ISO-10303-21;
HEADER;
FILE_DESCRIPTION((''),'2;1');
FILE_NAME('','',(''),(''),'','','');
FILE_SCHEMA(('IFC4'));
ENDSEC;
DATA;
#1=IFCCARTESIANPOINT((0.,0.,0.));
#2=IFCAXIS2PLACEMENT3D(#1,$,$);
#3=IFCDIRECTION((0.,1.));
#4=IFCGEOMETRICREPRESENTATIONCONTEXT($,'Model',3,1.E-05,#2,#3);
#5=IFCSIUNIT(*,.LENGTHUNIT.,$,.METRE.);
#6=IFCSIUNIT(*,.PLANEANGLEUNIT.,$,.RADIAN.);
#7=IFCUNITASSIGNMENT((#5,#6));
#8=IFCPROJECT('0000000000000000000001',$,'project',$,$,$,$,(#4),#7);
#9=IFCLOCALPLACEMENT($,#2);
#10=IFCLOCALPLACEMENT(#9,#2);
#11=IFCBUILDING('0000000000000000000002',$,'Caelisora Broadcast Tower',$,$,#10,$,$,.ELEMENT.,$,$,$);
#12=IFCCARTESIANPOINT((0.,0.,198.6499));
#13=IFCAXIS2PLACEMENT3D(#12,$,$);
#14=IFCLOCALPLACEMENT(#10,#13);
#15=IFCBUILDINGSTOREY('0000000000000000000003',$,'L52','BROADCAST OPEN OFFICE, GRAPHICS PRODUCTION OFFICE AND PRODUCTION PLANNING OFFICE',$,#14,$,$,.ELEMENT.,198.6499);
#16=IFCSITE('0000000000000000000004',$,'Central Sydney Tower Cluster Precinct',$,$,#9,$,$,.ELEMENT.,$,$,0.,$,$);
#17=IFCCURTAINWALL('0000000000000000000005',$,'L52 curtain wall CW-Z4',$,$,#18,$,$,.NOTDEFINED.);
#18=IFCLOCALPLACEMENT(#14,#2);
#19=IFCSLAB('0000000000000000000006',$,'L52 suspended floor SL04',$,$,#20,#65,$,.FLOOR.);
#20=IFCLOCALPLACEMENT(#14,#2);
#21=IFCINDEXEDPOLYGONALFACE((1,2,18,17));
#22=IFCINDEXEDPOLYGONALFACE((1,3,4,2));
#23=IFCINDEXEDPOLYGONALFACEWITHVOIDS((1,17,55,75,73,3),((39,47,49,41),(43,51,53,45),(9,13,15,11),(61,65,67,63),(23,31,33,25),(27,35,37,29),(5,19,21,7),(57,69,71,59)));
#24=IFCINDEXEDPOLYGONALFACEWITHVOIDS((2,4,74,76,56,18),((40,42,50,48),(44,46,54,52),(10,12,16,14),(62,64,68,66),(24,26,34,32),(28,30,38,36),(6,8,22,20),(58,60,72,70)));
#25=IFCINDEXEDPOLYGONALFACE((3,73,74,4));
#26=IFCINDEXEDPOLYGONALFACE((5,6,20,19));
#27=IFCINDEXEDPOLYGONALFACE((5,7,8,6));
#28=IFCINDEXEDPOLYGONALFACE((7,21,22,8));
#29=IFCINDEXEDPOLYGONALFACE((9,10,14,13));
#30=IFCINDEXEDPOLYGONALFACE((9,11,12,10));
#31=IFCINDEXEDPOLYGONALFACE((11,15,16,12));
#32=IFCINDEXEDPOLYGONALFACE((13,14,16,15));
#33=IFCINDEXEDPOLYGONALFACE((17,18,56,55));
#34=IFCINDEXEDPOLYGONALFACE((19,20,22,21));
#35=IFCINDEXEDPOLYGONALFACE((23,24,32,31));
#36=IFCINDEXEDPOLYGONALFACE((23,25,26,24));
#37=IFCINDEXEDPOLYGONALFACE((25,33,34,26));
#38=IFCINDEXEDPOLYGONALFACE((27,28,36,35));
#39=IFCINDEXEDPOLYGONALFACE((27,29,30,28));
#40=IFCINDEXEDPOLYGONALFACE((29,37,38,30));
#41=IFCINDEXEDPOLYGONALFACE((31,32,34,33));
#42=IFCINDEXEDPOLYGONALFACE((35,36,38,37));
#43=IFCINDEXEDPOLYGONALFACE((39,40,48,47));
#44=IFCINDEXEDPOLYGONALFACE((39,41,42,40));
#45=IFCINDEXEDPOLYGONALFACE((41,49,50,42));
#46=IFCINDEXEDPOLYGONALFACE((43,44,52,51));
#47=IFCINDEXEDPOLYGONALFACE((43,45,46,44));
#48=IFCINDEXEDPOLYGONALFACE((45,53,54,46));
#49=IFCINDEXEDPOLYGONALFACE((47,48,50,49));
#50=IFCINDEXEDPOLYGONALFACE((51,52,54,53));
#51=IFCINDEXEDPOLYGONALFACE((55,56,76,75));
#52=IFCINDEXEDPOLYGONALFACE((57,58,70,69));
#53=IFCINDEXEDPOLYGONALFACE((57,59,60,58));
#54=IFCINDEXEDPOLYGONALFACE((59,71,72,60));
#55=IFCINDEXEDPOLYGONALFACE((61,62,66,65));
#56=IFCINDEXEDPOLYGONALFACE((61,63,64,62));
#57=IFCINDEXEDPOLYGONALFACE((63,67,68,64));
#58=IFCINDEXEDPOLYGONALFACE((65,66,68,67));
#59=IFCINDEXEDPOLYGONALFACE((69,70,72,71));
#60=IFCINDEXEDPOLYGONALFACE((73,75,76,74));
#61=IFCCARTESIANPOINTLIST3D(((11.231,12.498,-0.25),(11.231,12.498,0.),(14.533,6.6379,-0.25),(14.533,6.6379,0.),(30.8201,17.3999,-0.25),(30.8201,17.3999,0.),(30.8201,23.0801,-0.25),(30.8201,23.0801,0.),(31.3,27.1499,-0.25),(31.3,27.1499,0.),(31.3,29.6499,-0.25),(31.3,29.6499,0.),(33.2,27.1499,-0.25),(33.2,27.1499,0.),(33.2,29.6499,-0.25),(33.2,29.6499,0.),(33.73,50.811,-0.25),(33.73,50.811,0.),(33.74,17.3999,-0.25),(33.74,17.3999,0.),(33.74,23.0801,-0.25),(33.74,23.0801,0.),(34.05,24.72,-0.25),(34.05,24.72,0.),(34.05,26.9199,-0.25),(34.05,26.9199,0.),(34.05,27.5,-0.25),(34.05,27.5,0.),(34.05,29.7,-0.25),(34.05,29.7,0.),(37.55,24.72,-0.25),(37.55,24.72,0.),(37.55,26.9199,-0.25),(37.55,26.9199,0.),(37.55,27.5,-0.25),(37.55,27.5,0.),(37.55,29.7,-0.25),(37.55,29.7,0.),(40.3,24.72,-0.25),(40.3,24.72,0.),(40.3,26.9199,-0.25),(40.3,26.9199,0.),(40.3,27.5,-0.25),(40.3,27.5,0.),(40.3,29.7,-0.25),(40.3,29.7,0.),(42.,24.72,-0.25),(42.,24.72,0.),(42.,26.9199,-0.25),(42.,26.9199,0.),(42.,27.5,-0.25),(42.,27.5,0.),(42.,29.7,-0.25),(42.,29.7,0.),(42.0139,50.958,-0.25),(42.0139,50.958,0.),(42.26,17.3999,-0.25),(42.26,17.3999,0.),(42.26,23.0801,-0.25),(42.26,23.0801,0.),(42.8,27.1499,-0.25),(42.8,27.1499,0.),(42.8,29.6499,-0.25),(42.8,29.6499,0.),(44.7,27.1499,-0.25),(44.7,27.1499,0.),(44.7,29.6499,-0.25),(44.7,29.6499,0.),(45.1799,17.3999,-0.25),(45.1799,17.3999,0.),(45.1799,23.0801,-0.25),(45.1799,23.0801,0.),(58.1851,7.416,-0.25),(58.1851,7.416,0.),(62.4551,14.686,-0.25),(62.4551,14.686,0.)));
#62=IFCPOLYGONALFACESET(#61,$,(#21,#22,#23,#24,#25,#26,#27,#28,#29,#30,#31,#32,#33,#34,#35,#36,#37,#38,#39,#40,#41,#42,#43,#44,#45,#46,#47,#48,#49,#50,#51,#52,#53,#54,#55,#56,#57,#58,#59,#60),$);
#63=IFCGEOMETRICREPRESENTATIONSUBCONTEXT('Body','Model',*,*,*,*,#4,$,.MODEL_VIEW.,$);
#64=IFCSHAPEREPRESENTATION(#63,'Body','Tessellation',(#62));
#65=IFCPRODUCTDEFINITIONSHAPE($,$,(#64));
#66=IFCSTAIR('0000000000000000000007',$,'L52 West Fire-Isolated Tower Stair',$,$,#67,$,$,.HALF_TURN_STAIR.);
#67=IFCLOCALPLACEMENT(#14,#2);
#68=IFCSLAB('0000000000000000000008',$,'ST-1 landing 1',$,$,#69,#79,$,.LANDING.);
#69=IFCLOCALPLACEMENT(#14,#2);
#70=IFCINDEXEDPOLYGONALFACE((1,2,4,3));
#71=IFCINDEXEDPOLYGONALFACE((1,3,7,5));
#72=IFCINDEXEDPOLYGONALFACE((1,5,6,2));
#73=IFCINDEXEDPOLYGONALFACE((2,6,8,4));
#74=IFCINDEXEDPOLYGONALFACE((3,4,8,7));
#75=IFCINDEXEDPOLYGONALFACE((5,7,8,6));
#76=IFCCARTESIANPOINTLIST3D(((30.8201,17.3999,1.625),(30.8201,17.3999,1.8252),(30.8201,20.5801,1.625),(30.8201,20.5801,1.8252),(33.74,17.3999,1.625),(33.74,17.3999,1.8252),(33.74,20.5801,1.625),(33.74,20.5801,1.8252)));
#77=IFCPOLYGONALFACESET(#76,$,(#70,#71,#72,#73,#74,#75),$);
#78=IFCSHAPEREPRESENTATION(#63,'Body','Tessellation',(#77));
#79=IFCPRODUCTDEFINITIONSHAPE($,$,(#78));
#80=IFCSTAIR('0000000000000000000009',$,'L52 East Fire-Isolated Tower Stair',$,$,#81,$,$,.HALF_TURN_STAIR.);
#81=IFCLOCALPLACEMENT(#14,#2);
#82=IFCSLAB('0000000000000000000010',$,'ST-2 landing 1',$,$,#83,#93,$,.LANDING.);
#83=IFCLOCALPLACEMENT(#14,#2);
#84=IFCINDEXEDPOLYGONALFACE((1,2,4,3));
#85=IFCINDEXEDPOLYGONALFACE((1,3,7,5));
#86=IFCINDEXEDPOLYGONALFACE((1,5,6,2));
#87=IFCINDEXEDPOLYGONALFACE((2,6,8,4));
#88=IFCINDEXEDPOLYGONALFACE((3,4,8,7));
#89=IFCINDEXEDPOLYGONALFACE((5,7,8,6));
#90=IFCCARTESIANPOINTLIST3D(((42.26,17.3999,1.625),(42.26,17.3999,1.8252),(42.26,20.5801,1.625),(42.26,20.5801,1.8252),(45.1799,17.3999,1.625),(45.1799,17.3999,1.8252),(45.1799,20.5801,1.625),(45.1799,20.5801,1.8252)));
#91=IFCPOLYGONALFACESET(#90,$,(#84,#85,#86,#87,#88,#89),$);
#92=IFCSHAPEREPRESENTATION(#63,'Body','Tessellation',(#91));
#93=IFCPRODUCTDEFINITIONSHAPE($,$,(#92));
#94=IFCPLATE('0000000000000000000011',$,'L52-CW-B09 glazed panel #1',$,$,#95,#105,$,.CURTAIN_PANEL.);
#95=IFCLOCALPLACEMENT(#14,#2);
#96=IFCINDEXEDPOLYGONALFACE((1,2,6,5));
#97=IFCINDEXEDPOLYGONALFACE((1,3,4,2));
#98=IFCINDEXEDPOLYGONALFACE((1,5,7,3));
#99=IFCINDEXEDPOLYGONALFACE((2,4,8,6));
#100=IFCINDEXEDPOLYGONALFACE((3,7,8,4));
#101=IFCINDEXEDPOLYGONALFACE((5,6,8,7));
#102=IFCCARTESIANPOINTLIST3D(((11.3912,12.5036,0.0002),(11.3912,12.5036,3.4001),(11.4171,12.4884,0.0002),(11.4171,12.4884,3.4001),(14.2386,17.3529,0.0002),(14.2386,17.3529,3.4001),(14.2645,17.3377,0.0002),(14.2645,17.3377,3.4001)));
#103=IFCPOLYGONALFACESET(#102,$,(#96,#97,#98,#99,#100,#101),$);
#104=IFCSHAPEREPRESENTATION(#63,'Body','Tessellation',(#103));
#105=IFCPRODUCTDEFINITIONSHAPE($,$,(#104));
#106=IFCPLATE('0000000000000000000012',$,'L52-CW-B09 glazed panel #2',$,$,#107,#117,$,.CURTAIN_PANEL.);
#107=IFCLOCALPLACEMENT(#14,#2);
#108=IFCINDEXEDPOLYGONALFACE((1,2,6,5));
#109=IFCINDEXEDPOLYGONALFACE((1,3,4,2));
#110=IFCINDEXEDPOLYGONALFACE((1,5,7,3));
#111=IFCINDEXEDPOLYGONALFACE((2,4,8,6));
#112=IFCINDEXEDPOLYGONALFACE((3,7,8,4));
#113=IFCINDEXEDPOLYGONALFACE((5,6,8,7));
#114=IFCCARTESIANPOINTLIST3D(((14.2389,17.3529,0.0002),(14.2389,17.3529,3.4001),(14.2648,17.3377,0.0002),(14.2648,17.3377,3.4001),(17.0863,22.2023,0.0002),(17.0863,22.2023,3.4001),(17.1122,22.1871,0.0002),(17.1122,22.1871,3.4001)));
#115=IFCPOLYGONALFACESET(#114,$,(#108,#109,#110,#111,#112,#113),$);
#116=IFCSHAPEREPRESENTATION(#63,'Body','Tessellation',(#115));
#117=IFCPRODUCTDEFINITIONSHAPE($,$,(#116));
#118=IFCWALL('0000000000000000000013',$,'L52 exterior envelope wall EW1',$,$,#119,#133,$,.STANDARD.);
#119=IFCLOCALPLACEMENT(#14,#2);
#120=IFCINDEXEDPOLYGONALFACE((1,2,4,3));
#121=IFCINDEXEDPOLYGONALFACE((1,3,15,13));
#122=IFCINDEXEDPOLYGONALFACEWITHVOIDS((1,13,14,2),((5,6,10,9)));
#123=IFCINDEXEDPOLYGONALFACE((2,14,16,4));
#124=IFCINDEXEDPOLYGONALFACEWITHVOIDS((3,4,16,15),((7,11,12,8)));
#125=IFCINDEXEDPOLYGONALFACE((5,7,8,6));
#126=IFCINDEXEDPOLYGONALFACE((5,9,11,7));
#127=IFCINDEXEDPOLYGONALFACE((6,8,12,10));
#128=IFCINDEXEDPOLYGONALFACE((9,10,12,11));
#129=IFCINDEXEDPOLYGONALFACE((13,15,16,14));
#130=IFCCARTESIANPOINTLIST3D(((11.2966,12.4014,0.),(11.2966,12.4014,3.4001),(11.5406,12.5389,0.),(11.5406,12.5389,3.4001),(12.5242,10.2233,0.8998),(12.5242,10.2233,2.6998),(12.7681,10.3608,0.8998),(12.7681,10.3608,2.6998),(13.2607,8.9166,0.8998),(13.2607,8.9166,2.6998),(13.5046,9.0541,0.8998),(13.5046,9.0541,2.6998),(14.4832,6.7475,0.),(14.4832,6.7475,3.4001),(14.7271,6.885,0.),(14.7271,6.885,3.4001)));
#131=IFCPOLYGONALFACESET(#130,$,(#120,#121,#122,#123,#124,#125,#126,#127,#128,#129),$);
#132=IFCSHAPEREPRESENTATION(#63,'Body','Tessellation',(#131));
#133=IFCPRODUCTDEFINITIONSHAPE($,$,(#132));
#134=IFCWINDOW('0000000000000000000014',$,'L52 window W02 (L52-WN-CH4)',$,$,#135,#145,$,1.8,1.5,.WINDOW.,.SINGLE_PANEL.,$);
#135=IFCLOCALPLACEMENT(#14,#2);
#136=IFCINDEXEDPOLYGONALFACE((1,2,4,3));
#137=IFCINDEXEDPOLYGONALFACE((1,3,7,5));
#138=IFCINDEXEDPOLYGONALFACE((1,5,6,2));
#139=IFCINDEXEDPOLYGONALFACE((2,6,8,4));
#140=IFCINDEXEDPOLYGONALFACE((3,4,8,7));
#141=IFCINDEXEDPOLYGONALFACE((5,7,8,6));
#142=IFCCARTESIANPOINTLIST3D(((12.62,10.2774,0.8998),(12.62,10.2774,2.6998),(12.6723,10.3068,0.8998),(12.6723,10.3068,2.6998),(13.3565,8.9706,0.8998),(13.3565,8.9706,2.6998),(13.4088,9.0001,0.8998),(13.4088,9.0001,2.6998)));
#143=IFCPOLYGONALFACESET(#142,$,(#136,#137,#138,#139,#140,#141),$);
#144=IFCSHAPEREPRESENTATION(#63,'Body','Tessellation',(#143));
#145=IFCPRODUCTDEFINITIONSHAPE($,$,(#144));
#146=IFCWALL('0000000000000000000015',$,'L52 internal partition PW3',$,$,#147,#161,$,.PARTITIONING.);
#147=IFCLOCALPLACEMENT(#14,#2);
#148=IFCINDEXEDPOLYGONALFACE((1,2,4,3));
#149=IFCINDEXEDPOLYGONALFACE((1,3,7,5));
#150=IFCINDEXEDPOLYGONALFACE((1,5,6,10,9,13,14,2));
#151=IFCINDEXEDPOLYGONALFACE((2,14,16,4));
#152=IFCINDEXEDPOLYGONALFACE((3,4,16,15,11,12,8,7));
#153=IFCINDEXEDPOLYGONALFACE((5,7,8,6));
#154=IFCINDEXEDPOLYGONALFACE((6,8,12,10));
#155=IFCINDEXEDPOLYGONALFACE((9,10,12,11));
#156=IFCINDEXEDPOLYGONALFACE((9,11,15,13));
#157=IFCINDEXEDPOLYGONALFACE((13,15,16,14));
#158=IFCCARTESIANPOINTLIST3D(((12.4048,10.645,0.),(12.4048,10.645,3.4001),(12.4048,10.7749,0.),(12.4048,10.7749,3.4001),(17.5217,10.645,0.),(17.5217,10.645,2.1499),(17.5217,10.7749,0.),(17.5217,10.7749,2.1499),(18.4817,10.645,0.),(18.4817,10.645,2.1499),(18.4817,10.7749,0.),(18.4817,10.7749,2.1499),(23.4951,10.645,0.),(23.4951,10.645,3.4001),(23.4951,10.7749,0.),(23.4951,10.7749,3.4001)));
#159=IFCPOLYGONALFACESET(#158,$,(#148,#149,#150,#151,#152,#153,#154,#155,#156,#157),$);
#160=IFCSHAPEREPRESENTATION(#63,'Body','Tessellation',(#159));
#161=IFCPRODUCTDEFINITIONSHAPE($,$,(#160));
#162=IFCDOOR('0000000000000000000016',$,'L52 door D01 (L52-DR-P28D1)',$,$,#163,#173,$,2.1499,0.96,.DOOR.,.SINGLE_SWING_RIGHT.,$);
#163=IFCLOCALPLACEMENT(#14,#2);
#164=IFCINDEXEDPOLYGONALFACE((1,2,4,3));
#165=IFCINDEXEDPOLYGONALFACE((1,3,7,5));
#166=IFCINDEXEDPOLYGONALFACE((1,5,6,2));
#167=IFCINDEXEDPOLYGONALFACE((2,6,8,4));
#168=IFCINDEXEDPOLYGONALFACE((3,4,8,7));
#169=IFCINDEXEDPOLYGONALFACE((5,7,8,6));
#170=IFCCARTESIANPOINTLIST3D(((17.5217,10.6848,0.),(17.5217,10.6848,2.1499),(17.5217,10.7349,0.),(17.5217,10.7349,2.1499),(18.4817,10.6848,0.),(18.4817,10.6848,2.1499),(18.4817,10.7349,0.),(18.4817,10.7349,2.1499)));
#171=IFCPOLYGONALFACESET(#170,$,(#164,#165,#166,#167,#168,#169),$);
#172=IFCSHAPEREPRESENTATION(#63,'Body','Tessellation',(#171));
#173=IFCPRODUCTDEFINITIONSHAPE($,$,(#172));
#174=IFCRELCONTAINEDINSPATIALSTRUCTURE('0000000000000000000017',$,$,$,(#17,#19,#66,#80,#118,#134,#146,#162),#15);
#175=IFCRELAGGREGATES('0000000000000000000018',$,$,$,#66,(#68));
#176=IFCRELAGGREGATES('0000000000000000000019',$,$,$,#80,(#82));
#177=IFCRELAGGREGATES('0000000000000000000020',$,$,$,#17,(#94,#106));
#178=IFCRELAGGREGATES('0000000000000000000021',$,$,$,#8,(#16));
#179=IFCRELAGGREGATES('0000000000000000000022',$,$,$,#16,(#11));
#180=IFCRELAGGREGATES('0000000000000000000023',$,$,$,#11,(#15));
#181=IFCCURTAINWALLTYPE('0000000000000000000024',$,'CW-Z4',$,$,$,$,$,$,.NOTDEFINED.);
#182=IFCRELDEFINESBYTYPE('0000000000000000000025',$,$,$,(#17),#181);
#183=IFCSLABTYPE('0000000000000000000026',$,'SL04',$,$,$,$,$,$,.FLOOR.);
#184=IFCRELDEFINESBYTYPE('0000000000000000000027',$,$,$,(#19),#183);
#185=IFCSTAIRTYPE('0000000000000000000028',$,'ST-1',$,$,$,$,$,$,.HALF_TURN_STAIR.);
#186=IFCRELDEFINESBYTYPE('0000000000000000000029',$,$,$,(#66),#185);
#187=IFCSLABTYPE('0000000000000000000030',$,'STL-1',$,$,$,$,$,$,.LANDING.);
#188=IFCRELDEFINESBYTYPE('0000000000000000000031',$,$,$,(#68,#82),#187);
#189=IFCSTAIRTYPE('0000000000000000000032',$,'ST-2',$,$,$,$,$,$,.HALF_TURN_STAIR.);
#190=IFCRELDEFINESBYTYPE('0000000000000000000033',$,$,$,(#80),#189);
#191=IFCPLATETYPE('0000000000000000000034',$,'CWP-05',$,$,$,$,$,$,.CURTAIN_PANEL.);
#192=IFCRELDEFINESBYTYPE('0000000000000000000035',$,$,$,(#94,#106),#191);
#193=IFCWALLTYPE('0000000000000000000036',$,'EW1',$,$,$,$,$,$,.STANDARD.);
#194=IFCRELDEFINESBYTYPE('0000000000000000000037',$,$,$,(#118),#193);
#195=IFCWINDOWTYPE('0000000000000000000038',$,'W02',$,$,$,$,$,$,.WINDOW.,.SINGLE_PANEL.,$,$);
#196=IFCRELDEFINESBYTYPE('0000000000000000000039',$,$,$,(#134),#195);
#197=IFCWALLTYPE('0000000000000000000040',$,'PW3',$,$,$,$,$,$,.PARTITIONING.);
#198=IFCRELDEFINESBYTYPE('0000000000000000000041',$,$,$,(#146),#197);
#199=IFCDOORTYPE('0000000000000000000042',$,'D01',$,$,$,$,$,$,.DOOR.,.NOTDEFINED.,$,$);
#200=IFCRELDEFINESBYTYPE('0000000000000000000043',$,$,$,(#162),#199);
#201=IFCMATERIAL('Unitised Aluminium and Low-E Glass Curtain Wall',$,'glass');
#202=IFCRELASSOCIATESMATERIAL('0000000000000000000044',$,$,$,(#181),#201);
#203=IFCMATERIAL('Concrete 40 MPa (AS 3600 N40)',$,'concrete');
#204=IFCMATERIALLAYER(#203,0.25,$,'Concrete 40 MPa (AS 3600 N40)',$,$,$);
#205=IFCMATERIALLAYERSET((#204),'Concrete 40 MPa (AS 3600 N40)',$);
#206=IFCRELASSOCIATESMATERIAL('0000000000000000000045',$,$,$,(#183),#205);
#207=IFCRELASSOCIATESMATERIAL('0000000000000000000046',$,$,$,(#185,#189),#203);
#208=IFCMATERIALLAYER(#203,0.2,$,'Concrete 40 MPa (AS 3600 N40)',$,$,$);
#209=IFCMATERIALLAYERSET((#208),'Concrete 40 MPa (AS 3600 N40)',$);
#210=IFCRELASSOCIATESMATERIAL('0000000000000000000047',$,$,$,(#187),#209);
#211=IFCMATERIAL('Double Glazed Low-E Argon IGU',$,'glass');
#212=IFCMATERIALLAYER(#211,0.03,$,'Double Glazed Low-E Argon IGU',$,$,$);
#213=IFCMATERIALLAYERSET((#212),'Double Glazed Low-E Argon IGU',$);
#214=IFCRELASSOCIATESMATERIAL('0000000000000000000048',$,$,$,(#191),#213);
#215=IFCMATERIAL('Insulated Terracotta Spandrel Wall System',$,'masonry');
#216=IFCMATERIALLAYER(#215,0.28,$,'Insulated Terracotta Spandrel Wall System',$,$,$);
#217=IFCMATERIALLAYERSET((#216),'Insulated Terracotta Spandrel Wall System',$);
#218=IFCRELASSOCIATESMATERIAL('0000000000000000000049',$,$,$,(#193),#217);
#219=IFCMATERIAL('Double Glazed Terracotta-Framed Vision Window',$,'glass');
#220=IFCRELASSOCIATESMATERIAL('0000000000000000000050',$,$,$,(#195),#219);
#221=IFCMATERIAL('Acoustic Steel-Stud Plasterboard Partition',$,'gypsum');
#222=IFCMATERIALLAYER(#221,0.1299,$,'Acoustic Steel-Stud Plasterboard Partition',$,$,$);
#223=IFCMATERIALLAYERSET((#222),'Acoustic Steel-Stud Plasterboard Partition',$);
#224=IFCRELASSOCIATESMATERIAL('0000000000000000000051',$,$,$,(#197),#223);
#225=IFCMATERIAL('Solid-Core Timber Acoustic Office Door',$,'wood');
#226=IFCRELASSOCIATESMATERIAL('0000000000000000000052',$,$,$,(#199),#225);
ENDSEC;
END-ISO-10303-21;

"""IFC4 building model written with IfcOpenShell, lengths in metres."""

from ifc_helpers import new_model, si_unit, direction, frame, frame_2d, origin, origin_2d, place, context, subcontext, project, spatial, polyline, rectangle, outline, extrude, source, transform, mapped, material, layer, layer_set, type_object, type_shapes, element, fill, aggregate, save


model = new_model("IFC4")

# Units and contexts
model_context = context("Model", 3, precision=1e-05, world=origin(), true_north=direction((0.0, 1.0)))
body_context = subcontext(model_context, "Body", "Model", "MODEL_VIEW")
ifc_project = project(units=[si_unit("LENGTHUNIT", "METRE"), si_unit("PLANEANGLEUNIT", "RADIAN")], contexts=[model_context])

# Site, building, storey
site_placement = place(None, origin())
site = spatial("IfcSite", under=ifc_project, at=site_placement, Name="Central Sydney Tower Cluster Precinct", CompositionType="ELEMENT", RefElevation=0.0)
building_placement = place(site_placement, origin())
building = spatial("IfcBuilding", under=site, at=building_placement, Name="Caelisora Broadcast Tower", CompositionType="ELEMENT")
storey_placement = place(building_placement, frame((0.0, 0.0, 198.6499)))
storey = spatial("IfcBuildingStorey", under=building, at=storey_placement, Name="L52", Description="BROADCAST OPEN OFFICE, GRAPHICS PRODUCTION OFFICE AND PRODUCTION PLANNING OFFICE", CompositionType="ELEMENT", Elevation=198.6499)

# Shared definitions
ifc_material_1 = material(Name="Unitised Aluminium and Low-E Glass Curtain Wall", Category="glass")
curtain_wall_type = type_object("IfcCurtainWallType", Name="CW-Z4", PredefinedType="NOTDEFINED", material=ifc_material_1)

# Curtain wall
curtain_wall_1_placement = place(storey_placement, origin())
curtain_wall_1 = element("IfcCurtainWall", 1, at=curtain_wall_1_placement, inside=storey, type_object=curtain_wall_type, Name="L52 curtain wall CW-Z4", PredefinedType="NOTDEFINED")

# Slab
ifc_material_2 = material(Name="Concrete 40 MPa (AS 3600 N40)", Category="concrete")
ifc_layer_1 = layer(ifc_material_2, 0.25, Name="Concrete 40 MPa (AS 3600 N40)")
ifc_layer_set_1 = layer_set([ifc_layer_1], Name="Concrete 40 MPa (AS 3600 N40)")
slab_type_1 = type_object("IfcSlabType", Name="SL04", PredefinedType="FLOOR", material=ifc_layer_set_1)
slab_1_placement = place(storey_placement, frame((0.0, 0.0, -0.25)))
element("IfcSlab", 2, at=slab_1_placement, inside=storey, type_object=slab_type_1, Name="L52 suspended floor SL04", PredefinedType="FLOOR", context=body_context, shape_type="SweptSolid", body=[
    extrude(outline(polyline([(42.0139, 50.958), (33.73, 50.811), (11.231, 12.498), (14.533, 6.6379), (58.1851, 7.416), (62.4551, 14.686), (42.0139, 50.958)]), holes=[polyline([(30.8201, 17.3999), (33.74, 17.3999), (33.74, 23.0801), (30.8201, 23.0801), (30.8201, 17.3999)]), polyline([(42.26, 17.3999), (45.1799, 17.3999), (45.1799, 23.0801), (42.26, 23.0801), (42.26, 17.3999)]), polyline([(42.8, 27.1499), (44.7, 27.1499), (44.7, 29.6499), (42.8, 29.6499), (42.8, 27.1499)]), polyline([(40.3, 24.72), (42.0, 24.72), (42.0, 26.9199), (40.3, 26.9199), (40.3, 24.72)]), polyline([(40.3, 27.5), (42.0, 27.5), (42.0, 29.7), (40.3, 29.7), (40.3, 27.5)]), polyline([(34.05, 24.72), (37.55, 24.72), (37.55, 26.9199), (34.05, 26.9199), (34.05, 24.72)]), polyline([(34.05, 27.5), (37.55, 27.5), (37.55, 29.7), (34.05, 29.7), (34.05, 27.5)]), polyline([(31.3, 27.1499), (33.2, 27.1499), (33.2, 29.6499), (31.3, 29.6499), (31.3, 27.1499)])]), origin(), (0.0, 0.0, 1.0), 0.25),
])

# Stairs, slabs
stair_type_1 = type_object("IfcStairType", Name="ST-1", PredefinedType="HALF_TURN_STAIR", material=ifc_material_2)
stair_1_placement = place(storey_placement, origin())
stair_1 = element("IfcStair", 3, at=stair_1_placement, inside=storey, type_object=stair_type_1, Name="L52 West Fire-Isolated Tower Stair", PredefinedType="HALF_TURN_STAIR")
ifc_layer_2 = layer(ifc_material_2, 0.2, Name="Concrete 40 MPa (AS 3600 N40)")
ifc_layer_set_2 = layer_set([ifc_layer_2], Name="Concrete 40 MPa (AS 3600 N40)")
slab_type_2 = type_object("IfcSlabType", Name="STL-1", PredefinedType="LANDING", material=ifc_layer_set_2)
slab_2_placement = place(storey_placement, frame((0.0, 0.0, 1.625)))
slab_2 = element("IfcSlab", 4, at=slab_2_placement, type_object=slab_type_2, Name="ST-1 landing 1", PredefinedType="LANDING", context=body_context, shape_type="SweptSolid", body=[
    extrude(outline(polyline([(30.8201, 20.5801), (30.8201, 17.3999), (33.74, 17.3999), (33.74, 20.5801), (30.8201, 20.5801)])), origin(), (0.0, 0.0, 1.0), 0.2002),
])
aggregate(stair_1, [slab_2])
stair_type_2 = type_object("IfcStairType", Name="ST-2", PredefinedType="HALF_TURN_STAIR", material=ifc_material_2)
stair_2_placement = place(storey_placement, origin())
stair_2 = element("IfcStair", 5, at=stair_2_placement, inside=storey, type_object=stair_type_2, Name="L52 East Fire-Isolated Tower Stair", PredefinedType="HALF_TURN_STAIR")
slab_3_placement = place(storey_placement, frame((0.0, 0.0, 1.625)))
slab_3 = element("IfcSlab", 6, at=slab_3_placement, type_object=slab_type_2, Name="ST-2 landing 1", PredefinedType="LANDING", context=body_context, shape_type="SweptSolid", body=[
    extrude(outline(polyline([(42.26, 20.5801), (42.26, 17.3999), (45.1799, 17.3999), (45.1799, 20.5801), (42.26, 20.5801)])), origin(), (0.0, 0.0, 1.0), 0.2002),
])
aggregate(stair_2, [slab_3])

# Plates
ifc_material_3 = material(Name="Double Glazed Low-E Argon IGU", Category="glass")
ifc_layer_3 = layer(ifc_material_3, 0.03, Name="Double Glazed Low-E Argon IGU")
ifc_layer_set_3 = layer_set([ifc_layer_3], Name="Double Glazed Low-E Argon IGU")
plate_type = type_object("IfcPlateType", Name="CWP-05", PredefinedType="CURTAIN_PANEL", material=ifc_layer_set_3)
shared_shape_1 = source(origin(), body_context, "Body", "SweptSolid", [
    extrude(rectangle(XDim=5.6235, YDim=0.03, at=origin_2d()), origin(), (0.0, 0.0, 1.0), 3.3999),
])
type_shapes(plate_type, [shared_shape_1])
plate_1_placement = place(storey_placement, frame((12.8279, 14.9207, 0.0002), z_axis=(0.0, 0.0, 1.0), x_axis=(0.506335, 0.862337, 0.0)))
plate_1 = element("IfcPlate", 7, at=plate_1_placement, type_object=plate_type, Name="L52-CW-B09 glazed panel #1", PredefinedType="CURTAIN_PANEL", context=body_context, shape_type="MappedRepresentation", body=[
    mapped(shared_shape_1, transform((0.0, 0.0, 0.0), scale=1.0)),
])
plate_2_placement = place(storey_placement, frame((15.6755, 19.77, 0.0002), z_axis=(0.0, 0.0, 1.0), x_axis=(0.506335, 0.862337, 0.0)))
plate_2 = element("IfcPlate", 8, at=plate_2_placement, type_object=plate_type, Name="L52-CW-B09 glazed panel #2", PredefinedType="CURTAIN_PANEL", context=body_context, shape_type="MappedRepresentation", body=[
    mapped(shared_shape_1, transform((0.0, 0.0, 0.0), scale=1.0)),
])
aggregate(curtain_wall_1, [plate_1, plate_2])

# Wall, opening, window
ifc_material_4 = material(Name="Insulated Terracotta Spandrel Wall System", Category="masonry")
ifc_layer_4 = layer(ifc_material_4, 0.28, Name="Insulated Terracotta Spandrel Wall System")
ifc_layer_set_4 = layer_set([ifc_layer_4], Name="Insulated Terracotta Spandrel Wall System")
wall_type_1 = type_object("IfcWallType", Name="EW1", PredefinedType="STANDARD", material=ifc_layer_set_4)
wall_1_placement = place(storey_placement, frame((14.6052, 6.8162, 0.0), z_axis=(0.0, 0.0, 1.0), x_axis=(-0.490993, 0.871163, 0.0)))
wall_1 = element("IfcWall", 9, at=wall_1_placement, inside=storey, type_object=wall_type_1, Name="L52 exterior envelope wall EW1", PredefinedType="STANDARD", context=body_context, shape_type="SweptSolid", body=[
    extrude(rectangle(XDim=6.49, YDim=0.28, at=frame_2d((3.2451, 0.0))), origin(), (0.0, 0.0, 1.0), 3.4001),
])
opening_1_placement = place(wall_1_placement, frame((2.49, 0.0, 0.8999)))
opening_1 = element("IfcOpeningElement", 10, at=opening_1_placement, cuts=wall_1, PredefinedType="OPENING", context=body_context, shape_type="SweptSolid", body=[
    extrude(rectangle(XDim=1.5, YDim=1.8, at=frame_2d((0.75, 0.8999))), frame((0.0, 0.1521, 0.0), z_axis=(0.0, -1.0, 0.0), x_axis=(1.0, 0.0, 0.0)), (0.0, 0.0, 1.0), 0.304),
])
ifc_material_5 = material(Name="Double Glazed Terracotta-Framed Vision Window", Category="glass")
window_type = type_object("IfcWindowType", Name="W02", PartitioningType="SINGLE_PANEL", PredefinedType="WINDOW", material=ifc_material_5)
window_placement = place(opening_1_placement, origin())
window = element("IfcWindow", 11, at=window_placement, inside=storey, type_object=window_type, Name="L52 window W02 (L52-WN-CH4)", OverallHeight=1.8, OverallWidth=1.5, PartitioningType="SINGLE_PANEL", PredefinedType="WINDOW", context=body_context, shape_type="SweptSolid", body=[
    extrude(rectangle(XDim=1.5, YDim=1.8, at=frame_2d((0.75, 0.8999))), frame((0.0, 0.03, 0.0), z_axis=(0.0, -1.0, 0.0), x_axis=(1.0, 0.0, 0.0)), (0.0, 0.0, 1.0), 0.0601),
])
fill(opening_1, window)

# Wall, opening, door
ifc_material_6 = material(Name="Acoustic Steel-Stud Plasterboard Partition", Category="gypsum")
ifc_layer_5 = layer(ifc_material_6, 0.1299, Name="Acoustic Steel-Stud Plasterboard Partition")
ifc_layer_set_5 = layer_set([ifc_layer_5], Name="Acoustic Steel-Stud Plasterboard Partition")
wall_type_2 = type_object("IfcWallType", Name="PW3", PredefinedType="PARTITIONING", material=ifc_layer_set_5)
wall_2_placement = place(storey_placement, frame((12.4048, 10.71, 0.0), z_axis=(0.0, 0.0, 1.0), x_axis=(1.0, 0.0, 0.0)))
wall_2 = element("IfcWall", 12, at=wall_2_placement, inside=storey, type_object=wall_type_2, Name="L52 internal partition PW3", PredefinedType="PARTITIONING", context=body_context, shape_type="SweptSolid", body=[
    extrude(rectangle(XDim=11.0903, YDim=0.1299, at=frame_2d((5.5452, 0.0))), origin(), (0.0, 0.0, 1.0), 3.4001),
])
opening_2_placement = place(wall_2_placement, frame((5.1169, 0.0, 0.0)))
opening_2 = element("IfcOpeningElement", 13, at=opening_2_placement, cuts=wall_2, PredefinedType="OPENING", context=body_context, shape_type="SweptSolid", body=[
    extrude(rectangle(XDim=0.96, YDim=2.1499, at=frame_2d((0.48, 1.075))), frame((0.0, 0.0769, 0.0), z_axis=(0.0, -1.0, 0.0), x_axis=(1.0, 0.0, 0.0)), (0.0, 0.0, 1.0), 0.1538),
])
ifc_material_7 = material(Name="Solid-Core Timber Acoustic Office Door", Category="wood")
door_type = type_object("IfcDoorType", Name="D01", OperationType="NOTDEFINED", PredefinedType="DOOR", material=ifc_material_7)
door_1_placement = place(opening_2_placement, origin())
door_1 = element("IfcDoor", 14, at=door_1_placement, inside=storey, type_object=door_type, Name="L52 door D01 (L52-DR-P28D1)", OperationType="SINGLE_SWING_RIGHT", OverallHeight=2.1499, OverallWidth=0.96, PredefinedType="DOOR", context=body_context, shape_type="SweptSolid", body=[
    extrude(rectangle(XDim=0.96, YDim=2.1499, at=frame_2d((0.48, 1.075))), frame((0.0, 0.0249, 0.0), z_axis=(0.0, -1.0, 0.0), x_axis=(1.0, 0.0, 0.0)), (0.0, 0.0, 1.0), 0.05),
])
fill(opening_2, door_1)

save(model, "model.ifc")
